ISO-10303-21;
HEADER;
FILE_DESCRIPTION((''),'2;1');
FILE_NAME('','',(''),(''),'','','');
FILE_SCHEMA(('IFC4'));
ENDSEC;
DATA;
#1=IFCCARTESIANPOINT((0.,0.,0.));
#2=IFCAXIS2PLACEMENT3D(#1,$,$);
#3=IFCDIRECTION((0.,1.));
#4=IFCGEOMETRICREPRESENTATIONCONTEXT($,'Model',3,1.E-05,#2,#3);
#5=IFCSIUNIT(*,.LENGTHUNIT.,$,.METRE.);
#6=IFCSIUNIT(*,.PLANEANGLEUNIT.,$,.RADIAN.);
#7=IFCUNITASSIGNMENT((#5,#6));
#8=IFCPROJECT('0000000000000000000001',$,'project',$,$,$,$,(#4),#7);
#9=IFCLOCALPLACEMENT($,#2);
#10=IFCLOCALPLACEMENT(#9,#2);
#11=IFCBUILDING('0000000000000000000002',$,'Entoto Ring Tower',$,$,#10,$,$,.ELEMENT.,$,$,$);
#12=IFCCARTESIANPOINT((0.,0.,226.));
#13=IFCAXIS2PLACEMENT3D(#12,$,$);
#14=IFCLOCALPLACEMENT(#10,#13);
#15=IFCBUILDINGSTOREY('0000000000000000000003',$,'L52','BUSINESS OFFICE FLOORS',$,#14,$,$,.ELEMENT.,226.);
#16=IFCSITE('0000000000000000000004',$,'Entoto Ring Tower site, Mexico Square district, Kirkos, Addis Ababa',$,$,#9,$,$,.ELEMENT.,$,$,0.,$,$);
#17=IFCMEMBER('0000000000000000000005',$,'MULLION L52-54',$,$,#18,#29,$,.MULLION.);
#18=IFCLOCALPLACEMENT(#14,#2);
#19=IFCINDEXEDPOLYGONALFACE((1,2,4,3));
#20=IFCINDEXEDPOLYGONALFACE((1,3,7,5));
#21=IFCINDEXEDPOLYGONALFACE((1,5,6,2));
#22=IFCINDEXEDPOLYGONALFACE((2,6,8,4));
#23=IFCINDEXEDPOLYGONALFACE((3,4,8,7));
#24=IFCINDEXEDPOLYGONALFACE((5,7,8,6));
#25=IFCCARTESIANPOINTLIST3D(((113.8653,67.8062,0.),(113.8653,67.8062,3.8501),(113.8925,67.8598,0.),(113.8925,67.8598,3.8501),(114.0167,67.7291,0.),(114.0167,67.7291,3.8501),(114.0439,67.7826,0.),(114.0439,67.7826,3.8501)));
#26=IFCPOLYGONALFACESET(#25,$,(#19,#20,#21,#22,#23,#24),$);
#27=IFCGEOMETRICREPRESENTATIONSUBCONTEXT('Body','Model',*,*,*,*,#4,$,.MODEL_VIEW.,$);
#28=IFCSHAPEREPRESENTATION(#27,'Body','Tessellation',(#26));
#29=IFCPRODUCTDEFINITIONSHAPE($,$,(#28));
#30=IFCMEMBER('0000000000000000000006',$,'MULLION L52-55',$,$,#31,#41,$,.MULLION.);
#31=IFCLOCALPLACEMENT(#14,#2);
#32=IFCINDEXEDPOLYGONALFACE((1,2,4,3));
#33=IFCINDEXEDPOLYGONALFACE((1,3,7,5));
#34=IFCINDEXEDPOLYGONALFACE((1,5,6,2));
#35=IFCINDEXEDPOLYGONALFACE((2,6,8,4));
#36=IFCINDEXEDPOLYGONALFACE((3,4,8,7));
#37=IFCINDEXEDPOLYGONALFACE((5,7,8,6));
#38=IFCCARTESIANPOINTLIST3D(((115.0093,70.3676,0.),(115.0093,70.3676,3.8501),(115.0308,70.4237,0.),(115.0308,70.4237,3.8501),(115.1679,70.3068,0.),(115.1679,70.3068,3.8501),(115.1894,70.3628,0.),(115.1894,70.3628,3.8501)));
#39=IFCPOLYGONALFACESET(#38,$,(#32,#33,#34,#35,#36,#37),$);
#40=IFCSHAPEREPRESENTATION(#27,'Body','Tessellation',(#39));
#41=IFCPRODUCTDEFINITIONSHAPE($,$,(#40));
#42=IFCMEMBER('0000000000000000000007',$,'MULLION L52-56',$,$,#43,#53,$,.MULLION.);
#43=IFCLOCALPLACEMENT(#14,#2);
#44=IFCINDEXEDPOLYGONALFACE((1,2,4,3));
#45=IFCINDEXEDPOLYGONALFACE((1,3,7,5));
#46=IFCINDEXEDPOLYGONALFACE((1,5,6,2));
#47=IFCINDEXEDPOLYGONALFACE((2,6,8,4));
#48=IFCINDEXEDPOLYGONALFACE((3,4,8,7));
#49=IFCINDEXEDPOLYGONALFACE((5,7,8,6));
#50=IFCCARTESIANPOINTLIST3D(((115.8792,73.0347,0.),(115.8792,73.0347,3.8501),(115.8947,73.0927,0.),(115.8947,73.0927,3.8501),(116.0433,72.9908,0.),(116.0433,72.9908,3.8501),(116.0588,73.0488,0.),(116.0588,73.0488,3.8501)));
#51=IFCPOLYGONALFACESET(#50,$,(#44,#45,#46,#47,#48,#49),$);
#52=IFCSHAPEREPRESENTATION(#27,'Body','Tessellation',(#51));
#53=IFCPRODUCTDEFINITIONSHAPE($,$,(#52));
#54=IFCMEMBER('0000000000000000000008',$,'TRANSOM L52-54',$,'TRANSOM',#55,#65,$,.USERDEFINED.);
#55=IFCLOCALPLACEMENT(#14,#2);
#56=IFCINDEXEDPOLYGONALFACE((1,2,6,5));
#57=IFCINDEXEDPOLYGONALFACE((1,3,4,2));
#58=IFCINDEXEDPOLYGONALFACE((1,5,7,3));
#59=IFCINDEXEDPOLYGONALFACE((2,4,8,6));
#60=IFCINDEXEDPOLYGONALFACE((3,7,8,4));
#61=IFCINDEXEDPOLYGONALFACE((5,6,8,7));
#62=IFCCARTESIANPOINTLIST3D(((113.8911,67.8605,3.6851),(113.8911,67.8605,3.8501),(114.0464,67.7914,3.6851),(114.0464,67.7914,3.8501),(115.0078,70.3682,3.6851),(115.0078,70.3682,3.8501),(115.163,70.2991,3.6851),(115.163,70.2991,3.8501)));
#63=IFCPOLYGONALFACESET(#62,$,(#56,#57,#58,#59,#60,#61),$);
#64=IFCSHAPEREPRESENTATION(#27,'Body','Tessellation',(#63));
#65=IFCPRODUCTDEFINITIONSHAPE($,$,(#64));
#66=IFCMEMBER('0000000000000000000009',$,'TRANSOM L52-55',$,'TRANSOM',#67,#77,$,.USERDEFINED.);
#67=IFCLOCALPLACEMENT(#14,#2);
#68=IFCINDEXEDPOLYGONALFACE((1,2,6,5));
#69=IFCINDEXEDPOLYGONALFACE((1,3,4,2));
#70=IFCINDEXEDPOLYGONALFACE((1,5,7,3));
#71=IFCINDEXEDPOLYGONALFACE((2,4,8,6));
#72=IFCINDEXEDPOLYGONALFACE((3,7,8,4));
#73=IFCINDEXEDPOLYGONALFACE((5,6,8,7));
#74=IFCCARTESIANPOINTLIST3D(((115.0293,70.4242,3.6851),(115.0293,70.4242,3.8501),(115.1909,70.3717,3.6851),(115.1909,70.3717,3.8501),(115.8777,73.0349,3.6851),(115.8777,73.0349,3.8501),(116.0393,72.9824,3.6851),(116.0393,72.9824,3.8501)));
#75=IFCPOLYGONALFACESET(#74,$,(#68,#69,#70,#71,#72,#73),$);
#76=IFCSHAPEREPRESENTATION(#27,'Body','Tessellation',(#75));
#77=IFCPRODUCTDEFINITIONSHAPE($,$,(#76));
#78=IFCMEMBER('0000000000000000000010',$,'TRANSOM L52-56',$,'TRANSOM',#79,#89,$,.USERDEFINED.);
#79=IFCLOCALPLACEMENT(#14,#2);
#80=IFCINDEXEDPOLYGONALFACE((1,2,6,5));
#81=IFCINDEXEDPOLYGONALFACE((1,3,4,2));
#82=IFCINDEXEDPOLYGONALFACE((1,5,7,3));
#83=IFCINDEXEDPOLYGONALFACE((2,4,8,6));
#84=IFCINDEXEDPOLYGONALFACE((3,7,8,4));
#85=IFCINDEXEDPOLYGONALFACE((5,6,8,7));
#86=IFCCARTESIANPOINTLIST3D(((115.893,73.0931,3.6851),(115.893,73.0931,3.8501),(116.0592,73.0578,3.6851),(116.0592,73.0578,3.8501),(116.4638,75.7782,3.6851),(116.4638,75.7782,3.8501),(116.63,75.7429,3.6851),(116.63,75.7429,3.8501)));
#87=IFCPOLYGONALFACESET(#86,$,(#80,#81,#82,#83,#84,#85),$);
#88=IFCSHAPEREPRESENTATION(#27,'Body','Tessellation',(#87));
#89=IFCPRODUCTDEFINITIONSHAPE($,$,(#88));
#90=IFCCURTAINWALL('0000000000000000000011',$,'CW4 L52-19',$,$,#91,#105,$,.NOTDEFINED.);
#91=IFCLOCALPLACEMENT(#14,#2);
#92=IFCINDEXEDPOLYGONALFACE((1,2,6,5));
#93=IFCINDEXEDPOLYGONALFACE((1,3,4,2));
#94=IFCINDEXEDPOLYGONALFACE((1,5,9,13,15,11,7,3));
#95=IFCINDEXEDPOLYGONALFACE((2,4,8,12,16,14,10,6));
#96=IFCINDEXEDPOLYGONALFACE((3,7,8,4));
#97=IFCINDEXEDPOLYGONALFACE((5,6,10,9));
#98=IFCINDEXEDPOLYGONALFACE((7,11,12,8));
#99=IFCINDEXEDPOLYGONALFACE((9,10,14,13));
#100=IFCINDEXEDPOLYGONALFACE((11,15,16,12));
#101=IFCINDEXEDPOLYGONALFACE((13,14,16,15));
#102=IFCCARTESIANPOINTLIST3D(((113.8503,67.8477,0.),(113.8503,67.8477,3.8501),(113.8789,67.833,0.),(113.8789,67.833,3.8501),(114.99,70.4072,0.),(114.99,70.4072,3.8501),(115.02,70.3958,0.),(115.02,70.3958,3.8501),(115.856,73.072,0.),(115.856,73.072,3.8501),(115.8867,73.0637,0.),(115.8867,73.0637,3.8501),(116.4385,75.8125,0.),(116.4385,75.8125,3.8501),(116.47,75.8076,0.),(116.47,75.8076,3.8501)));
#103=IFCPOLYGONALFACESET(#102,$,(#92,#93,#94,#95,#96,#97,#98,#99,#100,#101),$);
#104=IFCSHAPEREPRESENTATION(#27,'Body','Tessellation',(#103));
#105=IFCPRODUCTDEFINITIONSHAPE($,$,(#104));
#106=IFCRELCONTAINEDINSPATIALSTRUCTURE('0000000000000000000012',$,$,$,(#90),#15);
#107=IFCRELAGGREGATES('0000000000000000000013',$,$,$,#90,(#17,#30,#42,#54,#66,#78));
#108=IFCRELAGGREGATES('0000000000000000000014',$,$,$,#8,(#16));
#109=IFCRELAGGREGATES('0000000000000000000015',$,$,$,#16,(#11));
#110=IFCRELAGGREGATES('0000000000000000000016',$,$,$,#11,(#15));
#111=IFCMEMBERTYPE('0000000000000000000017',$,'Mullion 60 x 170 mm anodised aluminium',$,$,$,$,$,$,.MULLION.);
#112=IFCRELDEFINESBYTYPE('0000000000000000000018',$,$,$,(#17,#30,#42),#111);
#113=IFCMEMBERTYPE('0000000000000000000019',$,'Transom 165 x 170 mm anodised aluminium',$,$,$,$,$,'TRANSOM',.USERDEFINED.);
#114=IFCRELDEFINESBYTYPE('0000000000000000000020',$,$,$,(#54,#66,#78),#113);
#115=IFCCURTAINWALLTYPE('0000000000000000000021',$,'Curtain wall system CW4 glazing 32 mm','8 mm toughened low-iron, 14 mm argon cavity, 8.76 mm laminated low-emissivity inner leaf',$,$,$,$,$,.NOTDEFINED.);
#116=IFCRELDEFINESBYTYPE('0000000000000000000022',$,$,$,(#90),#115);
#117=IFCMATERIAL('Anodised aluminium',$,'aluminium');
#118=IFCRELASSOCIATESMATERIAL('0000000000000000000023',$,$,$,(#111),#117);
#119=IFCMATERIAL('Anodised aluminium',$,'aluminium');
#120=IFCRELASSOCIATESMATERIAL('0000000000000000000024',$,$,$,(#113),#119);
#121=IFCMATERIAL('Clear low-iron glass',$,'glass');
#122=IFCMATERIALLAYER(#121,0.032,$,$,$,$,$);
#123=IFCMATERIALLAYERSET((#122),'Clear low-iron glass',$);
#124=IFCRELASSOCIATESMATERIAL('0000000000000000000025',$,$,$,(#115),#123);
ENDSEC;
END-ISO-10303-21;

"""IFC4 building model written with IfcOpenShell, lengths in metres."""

from ifc_helpers import new_model, si_unit, direction, frame, origin, origin_2d, place, context, subcontext, project, spatial, polyline, rectangle, outline, extrude, material, layer, layer_set, material_profile, profile_set, type_object, element, aggregate, save


model = new_model("IFC4")

# Units and contexts
model_context = context("Model", 3, precision=1e-05, world=origin(), true_north=direction((0.0, 1.0)))
body_context = subcontext(model_context, "Body", "Model", "MODEL_VIEW")
ifc_project = project(units=[si_unit("LENGTHUNIT", "METRE"), si_unit("PLANEANGLEUNIT", "RADIAN")], contexts=[model_context])

# Members
ifc_material_1 = material(Name="Anodised aluminium", Category="aluminium")
ifc_material_profile_1 = material_profile(ifc_material_1, rectangle(XDim=0.0601, YDim=0.1699, at=origin_2d()), Name="Mullion 60 x 170 mm anodised aluminium")
ifc_profile_set_1 = profile_set([ifc_material_profile_1], Name="Anodised aluminium")
member_type_1 = type_object("IfcMemberType", Name="Mullion 60 x 170 mm anodised aluminium", PredefinedType="MULLION", material=ifc_profile_set_1)
site_placement = place(None, origin())
building_placement = place(site_placement, origin())
storey_placement = place(building_placement, frame((0.0, 0.0, 226.0)))
member_1_placement = place(storey_placement, frame((113.9546, 67.7944, 0.0), z_axis=(0.0, 0.0, 1.0), x_axis=(0.45399, 0.891007, 0.0)))
member_1 = element("IfcMember", 1, at=member_1_placement, type_object=member_type_1, Name="MULLION L52-54", PredefinedType="MULLION", context=body_context, shape_type="SweptSolid", body=[
    extrude(rectangle(XDim=0.0601, YDim=0.1699, at=origin_2d()), origin(), (0.0, 0.0, 1.0), 3.8501),
])
member_2_placement = place(storey_placement, frame((115.0994, 70.3652, 0.0), z_axis=(0.0, 0.0, 1.0), x_axis=(0.358368, 0.93358, 0.0)))
member_2 = element("IfcMember", 2, at=member_2_placement, type_object=member_type_1, Name="MULLION L52-55", PredefinedType="MULLION", context=body_context, shape_type="SweptSolid", body=[
    extrude(rectangle(XDim=0.0601, YDim=0.1699, at=origin_2d()), origin(), (0.0, 0.0, 1.0), 3.8501),
])
member_3_placement = place(storey_placement, frame((115.969, 73.0417, 0.0), z_axis=(0.0, 0.0, 1.0), x_axis=(0.258819, 0.965926, 0.0)))
member_3 = element("IfcMember", 3, at=member_3_placement, type_object=member_type_1, Name="MULLION L52-56", PredefinedType="MULLION", context=body_context, shape_type="SweptSolid", body=[
    extrude(rectangle(XDim=0.0601, YDim=0.1699, at=origin_2d()), origin(), (0.0, 0.0, 1.0), 3.8501),
])
ifc_material_2 = material(Name="Anodised aluminium", Category="aluminium")
ifc_material_profile_2 = material_profile(ifc_material_2, rectangle(XDim=0.1699, YDim=0.165, at=origin_2d()), Name="Transom 165 x 170 mm anodised aluminium")
ifc_profile_set_2 = profile_set([ifc_material_profile_2], Name="Anodised aluminium")
member_type_2 = type_object("IfcMemberType", Name="Transom 165 x 170 mm anodised aluminium", ElementType="TRANSOM", PredefinedType="USERDEFINED", material=ifc_profile_set_2)
member_4_placement = place(storey_placement, frame((113.9688, 67.8259, 3.7676), z_axis=(0.406782, 0.913525, 0.0), x_axis=(-0.913525, 0.406782, 0.0)))
member_4 = element("IfcMember", 4, at=member_4_placement, type_object=member_type_2, Name="TRANSOM L52-54", ObjectType="TRANSOM", PredefinedType="USERDEFINED", context=body_context, shape_type="SweptSolid", body=[
    extrude(rectangle(XDim=0.1699, YDim=0.165, at=origin_2d()), origin(), (0.0, 0.0, 1.0), 2.7451),
])
member_5_placement = place(storey_placement, frame((115.1101, 70.3979, 3.7676), z_axis=(0.309042, 0.951048, 0.0), x_axis=(-0.951048, 0.309042, 0.0)))
member_5 = element("IfcMember", 5, at=member_5_placement, type_object=member_type_2, Name="TRANSOM L52-55", ObjectType="TRANSOM", PredefinedType="USERDEFINED", context=body_context, shape_type="SweptSolid", body=[
    extrude(rectangle(XDim=0.1699, YDim=0.165, at=origin_2d()), origin(), (0.0, 0.0, 1.0), 2.7451),
])
member_6_placement = place(storey_placement, frame((115.9761, 73.0754, 3.7676), z_axis=(0.207937, 0.978142, 0.0), x_axis=(-0.978142, 0.207937, 0.0)))
member_6 = element("IfcMember", 6, at=member_6_placement, type_object=member_type_2, Name="TRANSOM L52-56", ObjectType="TRANSOM", PredefinedType="USERDEFINED", context=body_context, shape_type="SweptSolid", body=[
    extrude(rectangle(XDim=0.1699, YDim=0.165, at=origin_2d()), origin(), (0.0, 0.0, 1.0), 2.7451),
])

# Site, building, storey
site = spatial("IfcSite", under=ifc_project, at=site_placement, Name="Entoto Ring Tower site, Mexico Square district, Kirkos, Addis Ababa", CompositionType="ELEMENT", RefElevation=0.0)
building = spatial("IfcBuilding", under=site, at=building_placement, Name="Entoto Ring Tower", CompositionType="ELEMENT")
storey = spatial("IfcBuildingStorey", under=building, at=storey_placement, Name="L52", Description="BUSINESS OFFICE FLOORS", CompositionType="ELEMENT", Elevation=226.0)

# Curtain wall
ifc_material_3 = material(Name="Clear low-iron glass", Category="glass")
ifc_layer_1 = layer(ifc_material_3, 0.032)
ifc_layer_set_1 = layer_set([ifc_layer_1], Name="Clear low-iron glass")
curtain_wall_type = type_object("IfcCurtainWallType", Name="Curtain wall system CW4 glazing 32 mm", Description="8 mm toughened low-iron, 14 mm argon cavity, 8.76 mm laminated low-emissivity inner leaf", PredefinedType="NOTDEFINED", material=ifc_layer_set_1)
curtain_wall_1_placement = place(storey_placement, origin())
curtain_wall_1 = element("IfcCurtainWall", 7, at=curtain_wall_1_placement, inside=storey, type_object=curtain_wall_type, Name="CW4 L52-19", PredefinedType="NOTDEFINED", context=body_context, shape_type="SweptSolid", body=[
    extrude(outline(polyline([(113.8789, 67.833), (115.02, 70.3958), (115.8867, 73.0637), (116.47, 75.8076), (116.4385, 75.8125), (115.856, 73.072), (114.99, 70.4072), (113.8503, 67.8477), (113.8789, 67.833)])), origin(), (0.0, 0.0, 1.0), 3.8501),
])
aggregate(curtain_wall_1, [member_1, member_2, member_3, member_4, member_5, member_6])

save(model, "model.ifc")
